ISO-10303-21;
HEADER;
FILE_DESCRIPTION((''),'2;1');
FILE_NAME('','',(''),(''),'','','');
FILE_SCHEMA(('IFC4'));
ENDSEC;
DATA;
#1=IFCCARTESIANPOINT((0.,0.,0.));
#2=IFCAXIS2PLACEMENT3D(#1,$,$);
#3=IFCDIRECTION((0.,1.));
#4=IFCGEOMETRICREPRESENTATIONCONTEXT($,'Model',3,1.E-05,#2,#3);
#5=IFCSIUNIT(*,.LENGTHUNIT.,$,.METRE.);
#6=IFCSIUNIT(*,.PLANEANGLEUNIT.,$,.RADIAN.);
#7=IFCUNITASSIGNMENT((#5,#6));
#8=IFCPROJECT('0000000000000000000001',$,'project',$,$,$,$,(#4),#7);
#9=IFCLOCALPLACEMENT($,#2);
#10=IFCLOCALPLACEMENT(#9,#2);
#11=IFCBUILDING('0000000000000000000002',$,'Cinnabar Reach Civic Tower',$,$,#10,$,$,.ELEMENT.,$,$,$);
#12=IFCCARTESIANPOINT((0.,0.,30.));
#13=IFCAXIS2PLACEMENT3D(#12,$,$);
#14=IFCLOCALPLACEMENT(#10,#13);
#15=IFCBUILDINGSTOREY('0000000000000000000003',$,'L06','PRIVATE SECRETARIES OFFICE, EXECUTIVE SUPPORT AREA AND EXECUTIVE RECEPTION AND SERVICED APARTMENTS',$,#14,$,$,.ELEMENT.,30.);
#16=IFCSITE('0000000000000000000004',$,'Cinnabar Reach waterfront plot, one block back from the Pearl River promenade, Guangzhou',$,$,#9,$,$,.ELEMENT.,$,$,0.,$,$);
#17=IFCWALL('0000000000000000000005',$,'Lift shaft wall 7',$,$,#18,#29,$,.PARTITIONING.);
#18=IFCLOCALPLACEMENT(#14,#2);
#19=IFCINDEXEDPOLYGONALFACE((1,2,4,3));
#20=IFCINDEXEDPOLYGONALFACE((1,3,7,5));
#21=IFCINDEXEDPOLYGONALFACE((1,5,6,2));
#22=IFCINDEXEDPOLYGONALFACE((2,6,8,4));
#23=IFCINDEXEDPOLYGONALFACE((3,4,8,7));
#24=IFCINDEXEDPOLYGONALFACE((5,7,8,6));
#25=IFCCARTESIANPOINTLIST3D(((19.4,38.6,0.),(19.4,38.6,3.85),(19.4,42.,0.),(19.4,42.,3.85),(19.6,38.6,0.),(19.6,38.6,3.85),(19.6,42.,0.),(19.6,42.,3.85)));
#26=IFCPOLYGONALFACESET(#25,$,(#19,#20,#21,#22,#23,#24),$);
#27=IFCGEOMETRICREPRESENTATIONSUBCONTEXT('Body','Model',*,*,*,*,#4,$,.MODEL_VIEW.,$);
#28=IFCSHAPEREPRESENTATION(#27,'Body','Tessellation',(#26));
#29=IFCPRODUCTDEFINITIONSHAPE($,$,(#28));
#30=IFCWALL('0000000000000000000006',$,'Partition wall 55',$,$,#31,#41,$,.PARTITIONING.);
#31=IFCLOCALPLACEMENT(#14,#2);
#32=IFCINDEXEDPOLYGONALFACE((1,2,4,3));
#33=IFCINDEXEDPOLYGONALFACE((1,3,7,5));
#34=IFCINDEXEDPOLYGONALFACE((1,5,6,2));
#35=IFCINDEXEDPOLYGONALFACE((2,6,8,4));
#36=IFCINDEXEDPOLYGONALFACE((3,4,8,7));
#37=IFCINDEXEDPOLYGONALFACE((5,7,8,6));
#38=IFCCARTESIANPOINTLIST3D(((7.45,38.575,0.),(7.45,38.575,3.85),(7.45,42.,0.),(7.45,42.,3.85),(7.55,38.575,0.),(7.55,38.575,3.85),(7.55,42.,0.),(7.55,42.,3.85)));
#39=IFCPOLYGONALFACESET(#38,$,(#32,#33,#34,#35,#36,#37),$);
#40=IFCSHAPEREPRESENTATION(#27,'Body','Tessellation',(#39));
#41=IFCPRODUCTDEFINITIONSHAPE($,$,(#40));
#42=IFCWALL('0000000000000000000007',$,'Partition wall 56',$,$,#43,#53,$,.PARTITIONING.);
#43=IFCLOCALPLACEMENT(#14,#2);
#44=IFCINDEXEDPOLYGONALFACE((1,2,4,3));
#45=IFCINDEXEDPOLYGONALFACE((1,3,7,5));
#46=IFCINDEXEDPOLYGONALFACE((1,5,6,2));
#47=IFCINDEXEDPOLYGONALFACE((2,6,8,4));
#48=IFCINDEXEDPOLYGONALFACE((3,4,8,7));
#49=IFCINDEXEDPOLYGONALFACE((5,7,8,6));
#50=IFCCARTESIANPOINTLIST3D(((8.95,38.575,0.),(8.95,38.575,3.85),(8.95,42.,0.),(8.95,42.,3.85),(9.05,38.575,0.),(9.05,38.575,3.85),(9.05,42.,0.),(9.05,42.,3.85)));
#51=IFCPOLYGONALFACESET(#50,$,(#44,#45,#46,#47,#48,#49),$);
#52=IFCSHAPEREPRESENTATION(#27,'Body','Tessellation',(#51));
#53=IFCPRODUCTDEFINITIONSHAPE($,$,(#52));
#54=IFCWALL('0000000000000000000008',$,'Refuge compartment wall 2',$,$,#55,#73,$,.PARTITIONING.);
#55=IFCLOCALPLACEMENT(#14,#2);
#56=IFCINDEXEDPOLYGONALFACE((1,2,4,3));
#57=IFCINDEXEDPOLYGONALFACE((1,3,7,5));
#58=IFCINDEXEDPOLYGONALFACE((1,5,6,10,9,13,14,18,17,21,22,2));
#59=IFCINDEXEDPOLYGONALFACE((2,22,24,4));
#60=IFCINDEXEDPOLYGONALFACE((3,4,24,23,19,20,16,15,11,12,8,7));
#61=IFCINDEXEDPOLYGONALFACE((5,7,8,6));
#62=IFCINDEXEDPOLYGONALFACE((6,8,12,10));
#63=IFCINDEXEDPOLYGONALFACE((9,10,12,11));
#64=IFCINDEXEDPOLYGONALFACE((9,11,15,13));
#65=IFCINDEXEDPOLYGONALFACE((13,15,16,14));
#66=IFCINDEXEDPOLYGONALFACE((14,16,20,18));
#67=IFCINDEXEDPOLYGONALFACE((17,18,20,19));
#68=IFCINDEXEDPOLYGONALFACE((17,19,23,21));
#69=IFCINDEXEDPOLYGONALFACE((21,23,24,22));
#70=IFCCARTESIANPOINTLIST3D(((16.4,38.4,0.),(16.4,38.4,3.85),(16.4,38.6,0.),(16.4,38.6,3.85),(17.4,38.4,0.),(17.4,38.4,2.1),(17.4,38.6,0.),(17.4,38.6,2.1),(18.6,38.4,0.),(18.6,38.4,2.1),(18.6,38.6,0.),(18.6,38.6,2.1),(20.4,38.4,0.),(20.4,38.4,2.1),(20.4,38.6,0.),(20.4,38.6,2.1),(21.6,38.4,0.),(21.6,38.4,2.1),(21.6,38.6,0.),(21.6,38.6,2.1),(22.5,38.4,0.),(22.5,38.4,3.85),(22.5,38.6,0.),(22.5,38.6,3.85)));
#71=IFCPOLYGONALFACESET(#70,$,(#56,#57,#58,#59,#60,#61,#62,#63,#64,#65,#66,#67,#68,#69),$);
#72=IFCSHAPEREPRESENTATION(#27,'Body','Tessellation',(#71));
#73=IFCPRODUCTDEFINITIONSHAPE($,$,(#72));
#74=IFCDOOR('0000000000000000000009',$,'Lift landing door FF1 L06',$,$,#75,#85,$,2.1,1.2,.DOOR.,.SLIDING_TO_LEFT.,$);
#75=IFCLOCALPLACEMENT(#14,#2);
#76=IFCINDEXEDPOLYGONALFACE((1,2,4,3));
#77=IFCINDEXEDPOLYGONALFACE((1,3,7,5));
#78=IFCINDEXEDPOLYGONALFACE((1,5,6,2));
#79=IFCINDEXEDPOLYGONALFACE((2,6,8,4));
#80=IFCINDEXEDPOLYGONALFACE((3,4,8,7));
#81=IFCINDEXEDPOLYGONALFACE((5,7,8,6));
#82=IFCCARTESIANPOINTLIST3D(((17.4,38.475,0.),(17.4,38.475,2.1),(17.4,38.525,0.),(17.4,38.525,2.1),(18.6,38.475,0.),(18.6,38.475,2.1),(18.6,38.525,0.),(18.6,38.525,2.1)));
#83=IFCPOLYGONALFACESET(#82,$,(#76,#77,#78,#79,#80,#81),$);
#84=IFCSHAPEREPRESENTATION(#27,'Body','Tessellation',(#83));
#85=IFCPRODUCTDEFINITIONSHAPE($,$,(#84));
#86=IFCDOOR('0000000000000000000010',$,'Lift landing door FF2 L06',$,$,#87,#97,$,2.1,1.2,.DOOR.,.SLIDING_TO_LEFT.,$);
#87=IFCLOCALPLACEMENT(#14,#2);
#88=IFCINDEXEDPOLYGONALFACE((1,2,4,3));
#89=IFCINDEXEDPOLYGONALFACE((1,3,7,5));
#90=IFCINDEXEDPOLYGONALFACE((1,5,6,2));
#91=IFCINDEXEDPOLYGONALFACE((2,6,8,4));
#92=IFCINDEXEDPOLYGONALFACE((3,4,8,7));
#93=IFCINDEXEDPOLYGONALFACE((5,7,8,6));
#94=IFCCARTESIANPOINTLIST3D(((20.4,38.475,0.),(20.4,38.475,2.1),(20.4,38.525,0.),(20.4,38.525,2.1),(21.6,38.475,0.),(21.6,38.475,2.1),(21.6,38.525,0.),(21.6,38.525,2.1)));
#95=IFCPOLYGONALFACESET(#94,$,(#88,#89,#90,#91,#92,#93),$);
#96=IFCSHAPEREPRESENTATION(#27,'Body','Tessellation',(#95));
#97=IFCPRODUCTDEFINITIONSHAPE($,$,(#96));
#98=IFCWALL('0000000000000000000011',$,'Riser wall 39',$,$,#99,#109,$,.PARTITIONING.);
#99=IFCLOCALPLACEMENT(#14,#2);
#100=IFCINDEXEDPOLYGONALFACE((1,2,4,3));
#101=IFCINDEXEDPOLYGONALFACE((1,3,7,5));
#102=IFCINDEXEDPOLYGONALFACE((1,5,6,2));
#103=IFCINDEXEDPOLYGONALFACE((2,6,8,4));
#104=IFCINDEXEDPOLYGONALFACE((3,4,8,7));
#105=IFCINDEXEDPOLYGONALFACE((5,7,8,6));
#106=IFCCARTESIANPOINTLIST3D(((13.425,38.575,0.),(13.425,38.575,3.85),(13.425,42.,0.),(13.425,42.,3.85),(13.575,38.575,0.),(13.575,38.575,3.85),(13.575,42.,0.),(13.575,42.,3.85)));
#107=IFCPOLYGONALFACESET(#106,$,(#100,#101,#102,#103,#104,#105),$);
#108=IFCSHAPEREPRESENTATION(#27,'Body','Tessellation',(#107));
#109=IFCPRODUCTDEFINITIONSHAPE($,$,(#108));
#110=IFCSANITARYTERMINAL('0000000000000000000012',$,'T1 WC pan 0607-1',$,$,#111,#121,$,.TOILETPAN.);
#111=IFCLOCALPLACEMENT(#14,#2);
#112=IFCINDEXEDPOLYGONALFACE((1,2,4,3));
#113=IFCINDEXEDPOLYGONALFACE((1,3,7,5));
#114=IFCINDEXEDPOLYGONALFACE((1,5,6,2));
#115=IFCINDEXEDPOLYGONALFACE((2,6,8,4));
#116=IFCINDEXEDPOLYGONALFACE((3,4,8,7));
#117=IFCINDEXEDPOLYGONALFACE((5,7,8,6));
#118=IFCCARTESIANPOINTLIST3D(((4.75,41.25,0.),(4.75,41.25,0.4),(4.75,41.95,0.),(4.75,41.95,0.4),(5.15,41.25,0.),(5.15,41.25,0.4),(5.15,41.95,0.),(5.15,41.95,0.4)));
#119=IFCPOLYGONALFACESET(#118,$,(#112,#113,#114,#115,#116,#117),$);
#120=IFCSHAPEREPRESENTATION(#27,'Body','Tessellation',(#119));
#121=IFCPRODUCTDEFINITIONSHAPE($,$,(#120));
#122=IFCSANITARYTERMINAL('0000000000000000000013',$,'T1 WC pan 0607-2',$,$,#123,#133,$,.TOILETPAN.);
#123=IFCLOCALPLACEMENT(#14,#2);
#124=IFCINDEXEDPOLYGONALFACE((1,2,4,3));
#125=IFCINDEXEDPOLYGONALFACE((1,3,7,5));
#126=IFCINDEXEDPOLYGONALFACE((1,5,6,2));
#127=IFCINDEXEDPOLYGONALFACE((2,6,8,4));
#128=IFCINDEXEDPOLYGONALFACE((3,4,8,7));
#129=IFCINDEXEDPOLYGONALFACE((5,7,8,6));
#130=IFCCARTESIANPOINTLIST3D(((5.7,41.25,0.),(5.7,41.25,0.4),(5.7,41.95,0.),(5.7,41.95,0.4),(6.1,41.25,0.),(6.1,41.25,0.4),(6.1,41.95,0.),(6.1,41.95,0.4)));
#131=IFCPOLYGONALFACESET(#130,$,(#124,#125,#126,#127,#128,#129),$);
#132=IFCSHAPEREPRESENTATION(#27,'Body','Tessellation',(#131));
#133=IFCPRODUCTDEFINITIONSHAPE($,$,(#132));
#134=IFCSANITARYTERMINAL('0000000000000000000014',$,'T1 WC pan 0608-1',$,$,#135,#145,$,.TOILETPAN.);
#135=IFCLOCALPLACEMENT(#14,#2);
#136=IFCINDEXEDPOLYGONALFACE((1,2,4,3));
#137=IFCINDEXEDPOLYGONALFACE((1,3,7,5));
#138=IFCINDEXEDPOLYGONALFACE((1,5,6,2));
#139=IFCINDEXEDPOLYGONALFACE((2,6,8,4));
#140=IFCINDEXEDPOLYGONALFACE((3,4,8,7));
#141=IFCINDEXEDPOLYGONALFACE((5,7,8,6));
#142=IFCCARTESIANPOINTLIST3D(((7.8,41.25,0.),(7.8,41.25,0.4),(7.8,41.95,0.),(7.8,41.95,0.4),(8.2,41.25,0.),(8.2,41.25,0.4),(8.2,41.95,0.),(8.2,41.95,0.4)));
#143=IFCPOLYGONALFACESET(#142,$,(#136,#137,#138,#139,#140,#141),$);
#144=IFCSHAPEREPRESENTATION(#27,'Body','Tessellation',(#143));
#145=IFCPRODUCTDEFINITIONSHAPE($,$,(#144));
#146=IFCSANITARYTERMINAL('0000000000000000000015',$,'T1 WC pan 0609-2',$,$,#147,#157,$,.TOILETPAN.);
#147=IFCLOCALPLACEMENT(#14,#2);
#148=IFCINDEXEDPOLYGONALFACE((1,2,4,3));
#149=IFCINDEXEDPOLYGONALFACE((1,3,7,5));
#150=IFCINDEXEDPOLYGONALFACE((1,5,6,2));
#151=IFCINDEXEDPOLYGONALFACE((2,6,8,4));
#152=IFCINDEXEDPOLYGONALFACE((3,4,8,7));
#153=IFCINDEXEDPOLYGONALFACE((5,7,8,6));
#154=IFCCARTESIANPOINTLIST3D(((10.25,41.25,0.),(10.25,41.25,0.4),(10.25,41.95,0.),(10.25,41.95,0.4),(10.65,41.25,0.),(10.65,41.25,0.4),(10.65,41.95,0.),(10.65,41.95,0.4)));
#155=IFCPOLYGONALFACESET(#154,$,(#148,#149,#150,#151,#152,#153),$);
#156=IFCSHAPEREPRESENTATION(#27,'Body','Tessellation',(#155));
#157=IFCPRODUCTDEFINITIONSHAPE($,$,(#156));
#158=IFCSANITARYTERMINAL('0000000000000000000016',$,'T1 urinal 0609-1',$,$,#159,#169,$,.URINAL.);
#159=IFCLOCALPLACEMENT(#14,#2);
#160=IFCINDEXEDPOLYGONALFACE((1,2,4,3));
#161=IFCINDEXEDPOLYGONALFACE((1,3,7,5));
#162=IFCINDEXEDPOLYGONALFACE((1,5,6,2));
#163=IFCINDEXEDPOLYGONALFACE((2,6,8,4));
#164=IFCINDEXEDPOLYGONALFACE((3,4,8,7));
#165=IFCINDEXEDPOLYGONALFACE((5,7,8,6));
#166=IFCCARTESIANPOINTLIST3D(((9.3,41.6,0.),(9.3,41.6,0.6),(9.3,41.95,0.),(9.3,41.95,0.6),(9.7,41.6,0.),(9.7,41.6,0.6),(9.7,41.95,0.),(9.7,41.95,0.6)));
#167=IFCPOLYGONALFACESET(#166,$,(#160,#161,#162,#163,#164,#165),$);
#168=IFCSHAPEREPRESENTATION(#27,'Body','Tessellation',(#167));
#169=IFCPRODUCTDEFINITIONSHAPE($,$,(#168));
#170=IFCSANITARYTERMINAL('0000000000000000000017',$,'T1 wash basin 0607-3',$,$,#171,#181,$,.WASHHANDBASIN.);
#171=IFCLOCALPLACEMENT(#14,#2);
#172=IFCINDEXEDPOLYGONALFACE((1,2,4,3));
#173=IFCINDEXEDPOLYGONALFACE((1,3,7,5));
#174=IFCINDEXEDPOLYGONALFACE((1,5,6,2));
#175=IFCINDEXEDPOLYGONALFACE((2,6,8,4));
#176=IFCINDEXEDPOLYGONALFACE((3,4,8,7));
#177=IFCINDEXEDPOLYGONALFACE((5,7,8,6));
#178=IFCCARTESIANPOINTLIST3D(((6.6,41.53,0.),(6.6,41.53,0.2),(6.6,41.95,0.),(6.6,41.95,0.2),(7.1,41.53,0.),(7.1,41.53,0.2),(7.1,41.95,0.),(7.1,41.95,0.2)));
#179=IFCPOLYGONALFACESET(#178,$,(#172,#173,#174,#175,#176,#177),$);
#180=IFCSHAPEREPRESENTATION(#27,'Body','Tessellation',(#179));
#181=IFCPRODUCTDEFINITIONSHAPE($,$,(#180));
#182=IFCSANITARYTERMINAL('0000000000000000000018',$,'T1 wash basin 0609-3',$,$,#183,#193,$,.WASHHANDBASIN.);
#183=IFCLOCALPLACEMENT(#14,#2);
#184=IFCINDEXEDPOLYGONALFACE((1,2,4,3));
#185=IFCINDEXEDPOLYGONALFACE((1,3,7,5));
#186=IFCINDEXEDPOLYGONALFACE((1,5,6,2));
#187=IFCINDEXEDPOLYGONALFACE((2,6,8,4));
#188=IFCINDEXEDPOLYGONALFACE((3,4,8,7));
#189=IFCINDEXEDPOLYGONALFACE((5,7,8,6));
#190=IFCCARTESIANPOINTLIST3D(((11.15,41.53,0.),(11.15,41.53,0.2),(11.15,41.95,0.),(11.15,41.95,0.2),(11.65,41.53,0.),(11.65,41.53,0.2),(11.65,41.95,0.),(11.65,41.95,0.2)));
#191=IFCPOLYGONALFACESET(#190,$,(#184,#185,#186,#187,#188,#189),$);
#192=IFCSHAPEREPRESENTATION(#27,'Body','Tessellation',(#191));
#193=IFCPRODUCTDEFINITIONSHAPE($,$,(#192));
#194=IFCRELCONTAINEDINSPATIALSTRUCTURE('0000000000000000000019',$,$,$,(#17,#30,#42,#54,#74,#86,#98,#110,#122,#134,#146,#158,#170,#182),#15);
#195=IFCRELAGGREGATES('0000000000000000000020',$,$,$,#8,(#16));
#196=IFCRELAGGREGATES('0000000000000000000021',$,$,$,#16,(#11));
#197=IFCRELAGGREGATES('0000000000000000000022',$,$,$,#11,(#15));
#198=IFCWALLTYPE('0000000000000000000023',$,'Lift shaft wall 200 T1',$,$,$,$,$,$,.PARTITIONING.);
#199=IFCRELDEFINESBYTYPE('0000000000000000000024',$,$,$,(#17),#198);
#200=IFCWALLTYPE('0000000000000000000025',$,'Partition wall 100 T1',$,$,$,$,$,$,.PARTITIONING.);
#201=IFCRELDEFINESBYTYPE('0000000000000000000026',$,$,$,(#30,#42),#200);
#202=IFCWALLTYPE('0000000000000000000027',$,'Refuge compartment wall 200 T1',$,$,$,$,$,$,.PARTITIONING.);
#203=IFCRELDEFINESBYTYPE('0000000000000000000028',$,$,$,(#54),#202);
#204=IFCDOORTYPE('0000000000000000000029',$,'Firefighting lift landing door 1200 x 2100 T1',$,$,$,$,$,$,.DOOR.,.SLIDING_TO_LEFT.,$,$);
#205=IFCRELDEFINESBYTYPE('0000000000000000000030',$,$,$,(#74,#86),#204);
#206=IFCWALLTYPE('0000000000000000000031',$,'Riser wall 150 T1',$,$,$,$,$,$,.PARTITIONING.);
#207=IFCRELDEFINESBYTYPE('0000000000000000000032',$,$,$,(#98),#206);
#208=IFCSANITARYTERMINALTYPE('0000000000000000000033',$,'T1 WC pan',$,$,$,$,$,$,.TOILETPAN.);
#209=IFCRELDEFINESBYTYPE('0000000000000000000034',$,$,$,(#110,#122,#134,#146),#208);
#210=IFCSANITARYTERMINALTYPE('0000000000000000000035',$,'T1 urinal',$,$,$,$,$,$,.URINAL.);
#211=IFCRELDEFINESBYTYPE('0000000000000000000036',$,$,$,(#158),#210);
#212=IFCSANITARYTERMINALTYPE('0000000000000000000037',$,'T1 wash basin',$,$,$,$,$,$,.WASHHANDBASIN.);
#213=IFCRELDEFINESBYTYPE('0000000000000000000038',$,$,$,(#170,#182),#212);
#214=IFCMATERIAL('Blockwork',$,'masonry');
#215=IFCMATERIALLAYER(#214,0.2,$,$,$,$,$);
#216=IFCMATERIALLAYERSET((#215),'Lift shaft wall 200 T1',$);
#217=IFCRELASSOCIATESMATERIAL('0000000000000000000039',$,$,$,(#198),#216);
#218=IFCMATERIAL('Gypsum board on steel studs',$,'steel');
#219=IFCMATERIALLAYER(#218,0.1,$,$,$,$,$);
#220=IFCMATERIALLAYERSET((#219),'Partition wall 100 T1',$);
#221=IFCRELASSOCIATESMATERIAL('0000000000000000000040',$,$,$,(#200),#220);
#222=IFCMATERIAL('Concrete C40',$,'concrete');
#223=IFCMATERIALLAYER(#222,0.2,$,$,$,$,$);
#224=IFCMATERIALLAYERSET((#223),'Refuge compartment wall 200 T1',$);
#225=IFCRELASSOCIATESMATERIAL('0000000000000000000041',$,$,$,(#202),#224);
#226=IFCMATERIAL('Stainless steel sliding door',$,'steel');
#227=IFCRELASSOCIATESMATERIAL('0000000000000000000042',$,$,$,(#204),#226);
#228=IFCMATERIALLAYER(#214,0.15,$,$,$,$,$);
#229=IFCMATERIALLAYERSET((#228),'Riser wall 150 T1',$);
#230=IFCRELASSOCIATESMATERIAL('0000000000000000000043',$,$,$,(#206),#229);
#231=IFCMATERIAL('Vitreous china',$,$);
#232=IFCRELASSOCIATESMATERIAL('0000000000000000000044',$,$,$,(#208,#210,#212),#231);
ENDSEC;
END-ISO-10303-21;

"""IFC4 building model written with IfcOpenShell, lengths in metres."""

from ifc_helpers import new_model, si_unit, direction, frame, frame_2d, origin, origin_2d, place, context, subcontext, project, spatial, rectangle, extrude, material, layer, layer_set, type_object, element, fill, save


model = new_model("IFC4")

# Units and contexts
model_context = context("Model", 3, precision=1e-05, world=origin(), true_north=direction((0.0, 1.0)))
body_context = subcontext(model_context, "Body", "Model", "MODEL_VIEW")
ifc_project = project(units=[si_unit("LENGTHUNIT", "METRE"), si_unit("PLANEANGLEUNIT", "RADIAN")], contexts=[model_context])

# Site, building, storey
site_placement = place(None, origin())
site = spatial("IfcSite", under=ifc_project, at=site_placement, Name="Cinnabar Reach waterfront plot, one block back from the Pearl River promenade, Guangzhou", CompositionType="ELEMENT", RefElevation=0.0)
building_placement = place(site_placement, origin())
building = spatial("IfcBuilding", under=site, at=building_placement, Name="Cinnabar Reach Civic Tower", CompositionType="ELEMENT")
storey_placement = place(building_placement, frame((0.0, 0.0, 30.0)))
storey = spatial("IfcBuildingStorey", under=building, at=storey_placement, Name="L06", Description="PRIVATE SECRETARIES OFFICE, EXECUTIVE SUPPORT AREA AND EXECUTIVE RECEPTION AND SERVICED APARTMENTS", CompositionType="ELEMENT", Elevation=30.0)

# Walls
ifc_material_1 = material(Name="Blockwork", Category="masonry")
ifc_layer_1 = layer(ifc_material_1, 0.2)
ifc_layer_set_1 = layer_set([ifc_layer_1], Name="Lift shaft wall 200 T1")
wall_type_1 = type_object("IfcWallType", Name="Lift shaft wall 200 T1", PredefinedType="PARTITIONING", material=ifc_layer_set_1)
for number, where, z_axis, x_axis, name in (
    (1, (19.5, 38.6, 0.0), (0.0, 0.0, 1.0), (0.0, 1.0, 0.0), "Lift shaft wall 7"),
):
    element("IfcWall", number, at=place(storey_placement, frame(where, z_axis=z_axis, x_axis=x_axis)), inside=storey, type_object=wall_type_1, Name=name, PredefinedType="PARTITIONING", context=body_context, shape_type="SweptSolid", body=[
        extrude(rectangle(XDim=3.4, YDim=0.2, at=frame_2d((1.7, 0.0))), origin(), (0.0, 0.0, 1.0), 3.85),
    ])
ifc_material_2 = material(Name="Gypsum board on steel studs", Category="steel")
ifc_layer_2 = layer(ifc_material_2, 0.1)
ifc_layer_set_2 = layer_set([ifc_layer_2], Name="Partition wall 100 T1")
wall_type_2 = type_object("IfcWallType", Name="Partition wall 100 T1", PredefinedType="PARTITIONING", material=ifc_layer_set_2)
for number, where, z_axis, x_axis, name in (
    (2, (7.5, 38.575, 0.0), (0.0, 0.0, 1.0), (0.0, 1.0, 0.0), "Partition wall 55"),
    (3, (9.0, 38.575, 0.0), (0.0, 0.0, 1.0), (0.0, 1.0, 0.0), "Partition wall 56"),
):
    element("IfcWall", number, at=place(storey_placement, frame(where, z_axis=z_axis, x_axis=x_axis)), inside=storey, type_object=wall_type_2, Name=name, PredefinedType="PARTITIONING", context=body_context, shape_type="SweptSolid", body=[
        extrude(rectangle(XDim=3.425, YDim=0.1, at=frame_2d((1.7125, 0.0))), origin(), (0.0, 0.0, 1.0), 3.85),
    ])

# Wall, openings, doors
ifc_material_3 = material(Name="Concrete C40", Category="concrete")
ifc_layer_3 = layer(ifc_material_3, 0.2)
ifc_layer_set_3 = layer_set([ifc_layer_3], Name="Refuge compartment wall 200 T1")
wall_type_3 = type_object("IfcWallType", Name="Refuge compartment wall 200 T1", PredefinedType="PARTITIONING", material=ifc_layer_set_3)
wall_1_placement = place(storey_placement, frame((16.4, 38.5, 0.0), z_axis=(0.0, 0.0, 1.0), x_axis=(1.0, 0.0, 0.0)))
wall_1 = element("IfcWall", 4, at=wall_1_placement, inside=storey, type_object=wall_type_3, Name="Refuge compartment wall 2", PredefinedType="PARTITIONING", context=body_context, shape_type="SweptSolid", body=[
    extrude(rectangle(XDim=6.1, YDim=0.2, at=frame_2d((3.05, 0.0))), origin(), (0.0, 0.0, 1.0), 3.85),
])
opening_1_placement = place(wall_1_placement, frame((1.0, 0.0, 0.0)))
opening_1 = element("IfcOpeningElement", 5, at=opening_1_placement, cuts=wall_1, PredefinedType="OPENING", context=body_context, shape_type="SweptSolid", body=[
    extrude(rectangle(XDim=1.2, YDim=2.1, at=frame_2d((0.6, 1.05))), frame((0.0, 0.11, 0.0), z_axis=(0.0, -1.0, 0.0), x_axis=(1.0, 0.0, 0.0)), (0.0, 0.0, 1.0), 0.22),
])
opening_2_placement = place(wall_1_placement, frame((4.0, 0.0, 0.0)))
opening_2 = element("IfcOpeningElement", 6, at=opening_2_placement, cuts=wall_1, PredefinedType="OPENING", context=body_context, shape_type="SweptSolid", body=[
    extrude(rectangle(XDim=1.2, YDim=2.1, at=frame_2d((0.6, 1.05))), frame((0.0, 0.11, 0.0), z_axis=(0.0, -1.0, 0.0), x_axis=(1.0, 0.0, 0.0)), (0.0, 0.0, 1.0), 0.22),
])
ifc_material_4 = material(Name="Stainless steel sliding door", Category="steel")
door_type_1 = type_object("IfcDoorType", Name="Firefighting lift landing door 1200 x 2100 T1", OperationType="SLIDING_TO_LEFT", PredefinedType="DOOR", material=ifc_material_4)
door_1_placement = place(opening_1_placement, origin())
door_1 = element("IfcDoor", 7, at=door_1_placement, inside=storey, type_object=door_type_1, Name="Lift landing door FF1 L06", OperationType="SLIDING_TO_LEFT", OverallHeight=2.1, OverallWidth=1.2, PredefinedType="DOOR", context=body_context, shape_type="SweptSolid", body=[
    extrude(rectangle(XDim=1.2, YDim=2.1, at=frame_2d((0.6, 1.05))), frame((0.0, 0.025, 0.0), z_axis=(0.0, -1.0, 0.0), x_axis=(1.0, 0.0, 0.0)), (0.0, 0.0, 1.0), 0.05),
])
fill(opening_1, door_1)
door_2_placement = place(opening_2_placement, origin())
door_2 = element("IfcDoor", 8, at=door_2_placement, inside=storey, type_object=door_type_1, Name="Lift landing door FF2 L06", OperationType="SLIDING_TO_LEFT", OverallHeight=2.1, OverallWidth=1.2, PredefinedType="DOOR", context=body_context, shape_type="SweptSolid", body=[
    extrude(rectangle(XDim=1.2, YDim=2.1, at=frame_2d((0.6, 1.05))), frame((0.0, 0.025, 0.0), z_axis=(0.0, -1.0, 0.0), x_axis=(1.0, 0.0, 0.0)), (0.0, 0.0, 1.0), 0.05),
])
fill(opening_2, door_2)

# Wall
ifc_layer_4 = layer(ifc_material_1, 0.15)
ifc_layer_set_4 = layer_set([ifc_layer_4], Name="Riser wall 150 T1")
wall_type_4 = type_object("IfcWallType", Name="Riser wall 150 T1", PredefinedType="PARTITIONING", material=ifc_layer_set_4)
wall_2_placement = place(storey_placement, frame((13.5, 38.575, 0.0), z_axis=(0.0, 0.0, 1.0), x_axis=(0.0, 1.0, 0.0)))
element("IfcWall", 9, at=wall_2_placement, inside=storey, type_object=wall_type_4, Name="Riser wall 39", PredefinedType="PARTITIONING", context=body_context, shape_type="SweptSolid", body=[
    extrude(rectangle(XDim=3.425, YDim=0.15, at=frame_2d((1.7125, 0.0))), origin(), (0.0, 0.0, 1.0), 3.85),
])

# Sanitary terminals
ifc_material_5 = material(Name="Vitreous china")
sanitary_terminal_type_1 = type_object("IfcSanitaryTerminalType", Name="T1 WC pan", PredefinedType="TOILETPAN", material=ifc_material_5)
for number, where, z_axis, x_axis, name in (
    (10, (4.95, 41.6, 0.0), (0.0, 0.0, 1.0), (1.0, 0.0, 0.0), "T1 WC pan 0607-1"),
    (11, (5.9, 41.6, 0.0), (0.0, 0.0, 1.0), (1.0, 0.0, 0.0), "T1 WC pan 0607-2"),
    (12, (8.0, 41.6, 0.0), (0.0, 0.0, 1.0), (1.0, 0.0, 0.0), "T1 WC pan 0608-1"),
    (13, (10.45, 41.6, 0.0), (0.0, 0.0, 1.0), (1.0, 0.0, 0.0), "T1 WC pan 0609-2"),
):
    element("IfcSanitaryTerminal", number, at=place(storey_placement, frame(where, z_axis=z_axis, x_axis=x_axis)), inside=storey, type_object=sanitary_terminal_type_1, Name=name, PredefinedType="TOILETPAN", context=body_context, shape_type="SweptSolid", body=[
        extrude(rectangle(XDim=0.4, YDim=0.7, at=origin_2d()), origin(), (0.0, 0.0, 1.0), 0.4),
    ])
sanitary_terminal_type_2 = type_object("IfcSanitaryTerminalType", Name="T1 urinal", PredefinedType="URINAL", material=ifc_material_5)
sanitary_terminal_placement = place(storey_placement, frame((9.5, 41.775, 0.0), z_axis=(0.0, 0.0, 1.0), x_axis=(1.0, 0.0, 0.0)))
element("IfcSanitaryTerminal", 14, at=sanitary_terminal_placement, inside=storey, type_object=sanitary_terminal_type_2, Name="T1 urinal 0609-1", PredefinedType="URINAL", context=body_context, shape_type="SweptSolid", body=[
    extrude(rectangle(XDim=0.4, YDim=0.35, at=origin_2d()), origin(), (0.0, 0.0, 1.0), 0.6),
])
sanitary_terminal_type_3 = type_object("IfcSanitaryTerminalType", Name="T1 wash basin", PredefinedType="WASHHANDBASIN", material=ifc_material_5)
for number, where, z_axis, x_axis, name in (
    (15, (6.85, 41.74, 0.0), (0.0, 0.0, 1.0), (1.0, 0.0, 0.0), "T1 wash basin 0607-3"),
    (16, (11.4, 41.74, 0.0), (0.0, 0.0, 1.0), (1.0, 0.0, 0.0), "T1 wash basin 0609-3"),
):
    element("IfcSanitaryTerminal", number, at=place(storey_placement, frame(where, z_axis=z_axis, x_axis=x_axis)), inside=storey, type_object=sanitary_terminal_type_3, Name=name, PredefinedType="WASHHANDBASIN", context=body_context, shape_type="SweptSolid", body=[
        extrude(rectangle(XDim=0.5, YDim=0.42, at=origin_2d()), origin(), (0.0, 0.0, 1.0), 0.2),
    ])

save(model, "model.ifc")
